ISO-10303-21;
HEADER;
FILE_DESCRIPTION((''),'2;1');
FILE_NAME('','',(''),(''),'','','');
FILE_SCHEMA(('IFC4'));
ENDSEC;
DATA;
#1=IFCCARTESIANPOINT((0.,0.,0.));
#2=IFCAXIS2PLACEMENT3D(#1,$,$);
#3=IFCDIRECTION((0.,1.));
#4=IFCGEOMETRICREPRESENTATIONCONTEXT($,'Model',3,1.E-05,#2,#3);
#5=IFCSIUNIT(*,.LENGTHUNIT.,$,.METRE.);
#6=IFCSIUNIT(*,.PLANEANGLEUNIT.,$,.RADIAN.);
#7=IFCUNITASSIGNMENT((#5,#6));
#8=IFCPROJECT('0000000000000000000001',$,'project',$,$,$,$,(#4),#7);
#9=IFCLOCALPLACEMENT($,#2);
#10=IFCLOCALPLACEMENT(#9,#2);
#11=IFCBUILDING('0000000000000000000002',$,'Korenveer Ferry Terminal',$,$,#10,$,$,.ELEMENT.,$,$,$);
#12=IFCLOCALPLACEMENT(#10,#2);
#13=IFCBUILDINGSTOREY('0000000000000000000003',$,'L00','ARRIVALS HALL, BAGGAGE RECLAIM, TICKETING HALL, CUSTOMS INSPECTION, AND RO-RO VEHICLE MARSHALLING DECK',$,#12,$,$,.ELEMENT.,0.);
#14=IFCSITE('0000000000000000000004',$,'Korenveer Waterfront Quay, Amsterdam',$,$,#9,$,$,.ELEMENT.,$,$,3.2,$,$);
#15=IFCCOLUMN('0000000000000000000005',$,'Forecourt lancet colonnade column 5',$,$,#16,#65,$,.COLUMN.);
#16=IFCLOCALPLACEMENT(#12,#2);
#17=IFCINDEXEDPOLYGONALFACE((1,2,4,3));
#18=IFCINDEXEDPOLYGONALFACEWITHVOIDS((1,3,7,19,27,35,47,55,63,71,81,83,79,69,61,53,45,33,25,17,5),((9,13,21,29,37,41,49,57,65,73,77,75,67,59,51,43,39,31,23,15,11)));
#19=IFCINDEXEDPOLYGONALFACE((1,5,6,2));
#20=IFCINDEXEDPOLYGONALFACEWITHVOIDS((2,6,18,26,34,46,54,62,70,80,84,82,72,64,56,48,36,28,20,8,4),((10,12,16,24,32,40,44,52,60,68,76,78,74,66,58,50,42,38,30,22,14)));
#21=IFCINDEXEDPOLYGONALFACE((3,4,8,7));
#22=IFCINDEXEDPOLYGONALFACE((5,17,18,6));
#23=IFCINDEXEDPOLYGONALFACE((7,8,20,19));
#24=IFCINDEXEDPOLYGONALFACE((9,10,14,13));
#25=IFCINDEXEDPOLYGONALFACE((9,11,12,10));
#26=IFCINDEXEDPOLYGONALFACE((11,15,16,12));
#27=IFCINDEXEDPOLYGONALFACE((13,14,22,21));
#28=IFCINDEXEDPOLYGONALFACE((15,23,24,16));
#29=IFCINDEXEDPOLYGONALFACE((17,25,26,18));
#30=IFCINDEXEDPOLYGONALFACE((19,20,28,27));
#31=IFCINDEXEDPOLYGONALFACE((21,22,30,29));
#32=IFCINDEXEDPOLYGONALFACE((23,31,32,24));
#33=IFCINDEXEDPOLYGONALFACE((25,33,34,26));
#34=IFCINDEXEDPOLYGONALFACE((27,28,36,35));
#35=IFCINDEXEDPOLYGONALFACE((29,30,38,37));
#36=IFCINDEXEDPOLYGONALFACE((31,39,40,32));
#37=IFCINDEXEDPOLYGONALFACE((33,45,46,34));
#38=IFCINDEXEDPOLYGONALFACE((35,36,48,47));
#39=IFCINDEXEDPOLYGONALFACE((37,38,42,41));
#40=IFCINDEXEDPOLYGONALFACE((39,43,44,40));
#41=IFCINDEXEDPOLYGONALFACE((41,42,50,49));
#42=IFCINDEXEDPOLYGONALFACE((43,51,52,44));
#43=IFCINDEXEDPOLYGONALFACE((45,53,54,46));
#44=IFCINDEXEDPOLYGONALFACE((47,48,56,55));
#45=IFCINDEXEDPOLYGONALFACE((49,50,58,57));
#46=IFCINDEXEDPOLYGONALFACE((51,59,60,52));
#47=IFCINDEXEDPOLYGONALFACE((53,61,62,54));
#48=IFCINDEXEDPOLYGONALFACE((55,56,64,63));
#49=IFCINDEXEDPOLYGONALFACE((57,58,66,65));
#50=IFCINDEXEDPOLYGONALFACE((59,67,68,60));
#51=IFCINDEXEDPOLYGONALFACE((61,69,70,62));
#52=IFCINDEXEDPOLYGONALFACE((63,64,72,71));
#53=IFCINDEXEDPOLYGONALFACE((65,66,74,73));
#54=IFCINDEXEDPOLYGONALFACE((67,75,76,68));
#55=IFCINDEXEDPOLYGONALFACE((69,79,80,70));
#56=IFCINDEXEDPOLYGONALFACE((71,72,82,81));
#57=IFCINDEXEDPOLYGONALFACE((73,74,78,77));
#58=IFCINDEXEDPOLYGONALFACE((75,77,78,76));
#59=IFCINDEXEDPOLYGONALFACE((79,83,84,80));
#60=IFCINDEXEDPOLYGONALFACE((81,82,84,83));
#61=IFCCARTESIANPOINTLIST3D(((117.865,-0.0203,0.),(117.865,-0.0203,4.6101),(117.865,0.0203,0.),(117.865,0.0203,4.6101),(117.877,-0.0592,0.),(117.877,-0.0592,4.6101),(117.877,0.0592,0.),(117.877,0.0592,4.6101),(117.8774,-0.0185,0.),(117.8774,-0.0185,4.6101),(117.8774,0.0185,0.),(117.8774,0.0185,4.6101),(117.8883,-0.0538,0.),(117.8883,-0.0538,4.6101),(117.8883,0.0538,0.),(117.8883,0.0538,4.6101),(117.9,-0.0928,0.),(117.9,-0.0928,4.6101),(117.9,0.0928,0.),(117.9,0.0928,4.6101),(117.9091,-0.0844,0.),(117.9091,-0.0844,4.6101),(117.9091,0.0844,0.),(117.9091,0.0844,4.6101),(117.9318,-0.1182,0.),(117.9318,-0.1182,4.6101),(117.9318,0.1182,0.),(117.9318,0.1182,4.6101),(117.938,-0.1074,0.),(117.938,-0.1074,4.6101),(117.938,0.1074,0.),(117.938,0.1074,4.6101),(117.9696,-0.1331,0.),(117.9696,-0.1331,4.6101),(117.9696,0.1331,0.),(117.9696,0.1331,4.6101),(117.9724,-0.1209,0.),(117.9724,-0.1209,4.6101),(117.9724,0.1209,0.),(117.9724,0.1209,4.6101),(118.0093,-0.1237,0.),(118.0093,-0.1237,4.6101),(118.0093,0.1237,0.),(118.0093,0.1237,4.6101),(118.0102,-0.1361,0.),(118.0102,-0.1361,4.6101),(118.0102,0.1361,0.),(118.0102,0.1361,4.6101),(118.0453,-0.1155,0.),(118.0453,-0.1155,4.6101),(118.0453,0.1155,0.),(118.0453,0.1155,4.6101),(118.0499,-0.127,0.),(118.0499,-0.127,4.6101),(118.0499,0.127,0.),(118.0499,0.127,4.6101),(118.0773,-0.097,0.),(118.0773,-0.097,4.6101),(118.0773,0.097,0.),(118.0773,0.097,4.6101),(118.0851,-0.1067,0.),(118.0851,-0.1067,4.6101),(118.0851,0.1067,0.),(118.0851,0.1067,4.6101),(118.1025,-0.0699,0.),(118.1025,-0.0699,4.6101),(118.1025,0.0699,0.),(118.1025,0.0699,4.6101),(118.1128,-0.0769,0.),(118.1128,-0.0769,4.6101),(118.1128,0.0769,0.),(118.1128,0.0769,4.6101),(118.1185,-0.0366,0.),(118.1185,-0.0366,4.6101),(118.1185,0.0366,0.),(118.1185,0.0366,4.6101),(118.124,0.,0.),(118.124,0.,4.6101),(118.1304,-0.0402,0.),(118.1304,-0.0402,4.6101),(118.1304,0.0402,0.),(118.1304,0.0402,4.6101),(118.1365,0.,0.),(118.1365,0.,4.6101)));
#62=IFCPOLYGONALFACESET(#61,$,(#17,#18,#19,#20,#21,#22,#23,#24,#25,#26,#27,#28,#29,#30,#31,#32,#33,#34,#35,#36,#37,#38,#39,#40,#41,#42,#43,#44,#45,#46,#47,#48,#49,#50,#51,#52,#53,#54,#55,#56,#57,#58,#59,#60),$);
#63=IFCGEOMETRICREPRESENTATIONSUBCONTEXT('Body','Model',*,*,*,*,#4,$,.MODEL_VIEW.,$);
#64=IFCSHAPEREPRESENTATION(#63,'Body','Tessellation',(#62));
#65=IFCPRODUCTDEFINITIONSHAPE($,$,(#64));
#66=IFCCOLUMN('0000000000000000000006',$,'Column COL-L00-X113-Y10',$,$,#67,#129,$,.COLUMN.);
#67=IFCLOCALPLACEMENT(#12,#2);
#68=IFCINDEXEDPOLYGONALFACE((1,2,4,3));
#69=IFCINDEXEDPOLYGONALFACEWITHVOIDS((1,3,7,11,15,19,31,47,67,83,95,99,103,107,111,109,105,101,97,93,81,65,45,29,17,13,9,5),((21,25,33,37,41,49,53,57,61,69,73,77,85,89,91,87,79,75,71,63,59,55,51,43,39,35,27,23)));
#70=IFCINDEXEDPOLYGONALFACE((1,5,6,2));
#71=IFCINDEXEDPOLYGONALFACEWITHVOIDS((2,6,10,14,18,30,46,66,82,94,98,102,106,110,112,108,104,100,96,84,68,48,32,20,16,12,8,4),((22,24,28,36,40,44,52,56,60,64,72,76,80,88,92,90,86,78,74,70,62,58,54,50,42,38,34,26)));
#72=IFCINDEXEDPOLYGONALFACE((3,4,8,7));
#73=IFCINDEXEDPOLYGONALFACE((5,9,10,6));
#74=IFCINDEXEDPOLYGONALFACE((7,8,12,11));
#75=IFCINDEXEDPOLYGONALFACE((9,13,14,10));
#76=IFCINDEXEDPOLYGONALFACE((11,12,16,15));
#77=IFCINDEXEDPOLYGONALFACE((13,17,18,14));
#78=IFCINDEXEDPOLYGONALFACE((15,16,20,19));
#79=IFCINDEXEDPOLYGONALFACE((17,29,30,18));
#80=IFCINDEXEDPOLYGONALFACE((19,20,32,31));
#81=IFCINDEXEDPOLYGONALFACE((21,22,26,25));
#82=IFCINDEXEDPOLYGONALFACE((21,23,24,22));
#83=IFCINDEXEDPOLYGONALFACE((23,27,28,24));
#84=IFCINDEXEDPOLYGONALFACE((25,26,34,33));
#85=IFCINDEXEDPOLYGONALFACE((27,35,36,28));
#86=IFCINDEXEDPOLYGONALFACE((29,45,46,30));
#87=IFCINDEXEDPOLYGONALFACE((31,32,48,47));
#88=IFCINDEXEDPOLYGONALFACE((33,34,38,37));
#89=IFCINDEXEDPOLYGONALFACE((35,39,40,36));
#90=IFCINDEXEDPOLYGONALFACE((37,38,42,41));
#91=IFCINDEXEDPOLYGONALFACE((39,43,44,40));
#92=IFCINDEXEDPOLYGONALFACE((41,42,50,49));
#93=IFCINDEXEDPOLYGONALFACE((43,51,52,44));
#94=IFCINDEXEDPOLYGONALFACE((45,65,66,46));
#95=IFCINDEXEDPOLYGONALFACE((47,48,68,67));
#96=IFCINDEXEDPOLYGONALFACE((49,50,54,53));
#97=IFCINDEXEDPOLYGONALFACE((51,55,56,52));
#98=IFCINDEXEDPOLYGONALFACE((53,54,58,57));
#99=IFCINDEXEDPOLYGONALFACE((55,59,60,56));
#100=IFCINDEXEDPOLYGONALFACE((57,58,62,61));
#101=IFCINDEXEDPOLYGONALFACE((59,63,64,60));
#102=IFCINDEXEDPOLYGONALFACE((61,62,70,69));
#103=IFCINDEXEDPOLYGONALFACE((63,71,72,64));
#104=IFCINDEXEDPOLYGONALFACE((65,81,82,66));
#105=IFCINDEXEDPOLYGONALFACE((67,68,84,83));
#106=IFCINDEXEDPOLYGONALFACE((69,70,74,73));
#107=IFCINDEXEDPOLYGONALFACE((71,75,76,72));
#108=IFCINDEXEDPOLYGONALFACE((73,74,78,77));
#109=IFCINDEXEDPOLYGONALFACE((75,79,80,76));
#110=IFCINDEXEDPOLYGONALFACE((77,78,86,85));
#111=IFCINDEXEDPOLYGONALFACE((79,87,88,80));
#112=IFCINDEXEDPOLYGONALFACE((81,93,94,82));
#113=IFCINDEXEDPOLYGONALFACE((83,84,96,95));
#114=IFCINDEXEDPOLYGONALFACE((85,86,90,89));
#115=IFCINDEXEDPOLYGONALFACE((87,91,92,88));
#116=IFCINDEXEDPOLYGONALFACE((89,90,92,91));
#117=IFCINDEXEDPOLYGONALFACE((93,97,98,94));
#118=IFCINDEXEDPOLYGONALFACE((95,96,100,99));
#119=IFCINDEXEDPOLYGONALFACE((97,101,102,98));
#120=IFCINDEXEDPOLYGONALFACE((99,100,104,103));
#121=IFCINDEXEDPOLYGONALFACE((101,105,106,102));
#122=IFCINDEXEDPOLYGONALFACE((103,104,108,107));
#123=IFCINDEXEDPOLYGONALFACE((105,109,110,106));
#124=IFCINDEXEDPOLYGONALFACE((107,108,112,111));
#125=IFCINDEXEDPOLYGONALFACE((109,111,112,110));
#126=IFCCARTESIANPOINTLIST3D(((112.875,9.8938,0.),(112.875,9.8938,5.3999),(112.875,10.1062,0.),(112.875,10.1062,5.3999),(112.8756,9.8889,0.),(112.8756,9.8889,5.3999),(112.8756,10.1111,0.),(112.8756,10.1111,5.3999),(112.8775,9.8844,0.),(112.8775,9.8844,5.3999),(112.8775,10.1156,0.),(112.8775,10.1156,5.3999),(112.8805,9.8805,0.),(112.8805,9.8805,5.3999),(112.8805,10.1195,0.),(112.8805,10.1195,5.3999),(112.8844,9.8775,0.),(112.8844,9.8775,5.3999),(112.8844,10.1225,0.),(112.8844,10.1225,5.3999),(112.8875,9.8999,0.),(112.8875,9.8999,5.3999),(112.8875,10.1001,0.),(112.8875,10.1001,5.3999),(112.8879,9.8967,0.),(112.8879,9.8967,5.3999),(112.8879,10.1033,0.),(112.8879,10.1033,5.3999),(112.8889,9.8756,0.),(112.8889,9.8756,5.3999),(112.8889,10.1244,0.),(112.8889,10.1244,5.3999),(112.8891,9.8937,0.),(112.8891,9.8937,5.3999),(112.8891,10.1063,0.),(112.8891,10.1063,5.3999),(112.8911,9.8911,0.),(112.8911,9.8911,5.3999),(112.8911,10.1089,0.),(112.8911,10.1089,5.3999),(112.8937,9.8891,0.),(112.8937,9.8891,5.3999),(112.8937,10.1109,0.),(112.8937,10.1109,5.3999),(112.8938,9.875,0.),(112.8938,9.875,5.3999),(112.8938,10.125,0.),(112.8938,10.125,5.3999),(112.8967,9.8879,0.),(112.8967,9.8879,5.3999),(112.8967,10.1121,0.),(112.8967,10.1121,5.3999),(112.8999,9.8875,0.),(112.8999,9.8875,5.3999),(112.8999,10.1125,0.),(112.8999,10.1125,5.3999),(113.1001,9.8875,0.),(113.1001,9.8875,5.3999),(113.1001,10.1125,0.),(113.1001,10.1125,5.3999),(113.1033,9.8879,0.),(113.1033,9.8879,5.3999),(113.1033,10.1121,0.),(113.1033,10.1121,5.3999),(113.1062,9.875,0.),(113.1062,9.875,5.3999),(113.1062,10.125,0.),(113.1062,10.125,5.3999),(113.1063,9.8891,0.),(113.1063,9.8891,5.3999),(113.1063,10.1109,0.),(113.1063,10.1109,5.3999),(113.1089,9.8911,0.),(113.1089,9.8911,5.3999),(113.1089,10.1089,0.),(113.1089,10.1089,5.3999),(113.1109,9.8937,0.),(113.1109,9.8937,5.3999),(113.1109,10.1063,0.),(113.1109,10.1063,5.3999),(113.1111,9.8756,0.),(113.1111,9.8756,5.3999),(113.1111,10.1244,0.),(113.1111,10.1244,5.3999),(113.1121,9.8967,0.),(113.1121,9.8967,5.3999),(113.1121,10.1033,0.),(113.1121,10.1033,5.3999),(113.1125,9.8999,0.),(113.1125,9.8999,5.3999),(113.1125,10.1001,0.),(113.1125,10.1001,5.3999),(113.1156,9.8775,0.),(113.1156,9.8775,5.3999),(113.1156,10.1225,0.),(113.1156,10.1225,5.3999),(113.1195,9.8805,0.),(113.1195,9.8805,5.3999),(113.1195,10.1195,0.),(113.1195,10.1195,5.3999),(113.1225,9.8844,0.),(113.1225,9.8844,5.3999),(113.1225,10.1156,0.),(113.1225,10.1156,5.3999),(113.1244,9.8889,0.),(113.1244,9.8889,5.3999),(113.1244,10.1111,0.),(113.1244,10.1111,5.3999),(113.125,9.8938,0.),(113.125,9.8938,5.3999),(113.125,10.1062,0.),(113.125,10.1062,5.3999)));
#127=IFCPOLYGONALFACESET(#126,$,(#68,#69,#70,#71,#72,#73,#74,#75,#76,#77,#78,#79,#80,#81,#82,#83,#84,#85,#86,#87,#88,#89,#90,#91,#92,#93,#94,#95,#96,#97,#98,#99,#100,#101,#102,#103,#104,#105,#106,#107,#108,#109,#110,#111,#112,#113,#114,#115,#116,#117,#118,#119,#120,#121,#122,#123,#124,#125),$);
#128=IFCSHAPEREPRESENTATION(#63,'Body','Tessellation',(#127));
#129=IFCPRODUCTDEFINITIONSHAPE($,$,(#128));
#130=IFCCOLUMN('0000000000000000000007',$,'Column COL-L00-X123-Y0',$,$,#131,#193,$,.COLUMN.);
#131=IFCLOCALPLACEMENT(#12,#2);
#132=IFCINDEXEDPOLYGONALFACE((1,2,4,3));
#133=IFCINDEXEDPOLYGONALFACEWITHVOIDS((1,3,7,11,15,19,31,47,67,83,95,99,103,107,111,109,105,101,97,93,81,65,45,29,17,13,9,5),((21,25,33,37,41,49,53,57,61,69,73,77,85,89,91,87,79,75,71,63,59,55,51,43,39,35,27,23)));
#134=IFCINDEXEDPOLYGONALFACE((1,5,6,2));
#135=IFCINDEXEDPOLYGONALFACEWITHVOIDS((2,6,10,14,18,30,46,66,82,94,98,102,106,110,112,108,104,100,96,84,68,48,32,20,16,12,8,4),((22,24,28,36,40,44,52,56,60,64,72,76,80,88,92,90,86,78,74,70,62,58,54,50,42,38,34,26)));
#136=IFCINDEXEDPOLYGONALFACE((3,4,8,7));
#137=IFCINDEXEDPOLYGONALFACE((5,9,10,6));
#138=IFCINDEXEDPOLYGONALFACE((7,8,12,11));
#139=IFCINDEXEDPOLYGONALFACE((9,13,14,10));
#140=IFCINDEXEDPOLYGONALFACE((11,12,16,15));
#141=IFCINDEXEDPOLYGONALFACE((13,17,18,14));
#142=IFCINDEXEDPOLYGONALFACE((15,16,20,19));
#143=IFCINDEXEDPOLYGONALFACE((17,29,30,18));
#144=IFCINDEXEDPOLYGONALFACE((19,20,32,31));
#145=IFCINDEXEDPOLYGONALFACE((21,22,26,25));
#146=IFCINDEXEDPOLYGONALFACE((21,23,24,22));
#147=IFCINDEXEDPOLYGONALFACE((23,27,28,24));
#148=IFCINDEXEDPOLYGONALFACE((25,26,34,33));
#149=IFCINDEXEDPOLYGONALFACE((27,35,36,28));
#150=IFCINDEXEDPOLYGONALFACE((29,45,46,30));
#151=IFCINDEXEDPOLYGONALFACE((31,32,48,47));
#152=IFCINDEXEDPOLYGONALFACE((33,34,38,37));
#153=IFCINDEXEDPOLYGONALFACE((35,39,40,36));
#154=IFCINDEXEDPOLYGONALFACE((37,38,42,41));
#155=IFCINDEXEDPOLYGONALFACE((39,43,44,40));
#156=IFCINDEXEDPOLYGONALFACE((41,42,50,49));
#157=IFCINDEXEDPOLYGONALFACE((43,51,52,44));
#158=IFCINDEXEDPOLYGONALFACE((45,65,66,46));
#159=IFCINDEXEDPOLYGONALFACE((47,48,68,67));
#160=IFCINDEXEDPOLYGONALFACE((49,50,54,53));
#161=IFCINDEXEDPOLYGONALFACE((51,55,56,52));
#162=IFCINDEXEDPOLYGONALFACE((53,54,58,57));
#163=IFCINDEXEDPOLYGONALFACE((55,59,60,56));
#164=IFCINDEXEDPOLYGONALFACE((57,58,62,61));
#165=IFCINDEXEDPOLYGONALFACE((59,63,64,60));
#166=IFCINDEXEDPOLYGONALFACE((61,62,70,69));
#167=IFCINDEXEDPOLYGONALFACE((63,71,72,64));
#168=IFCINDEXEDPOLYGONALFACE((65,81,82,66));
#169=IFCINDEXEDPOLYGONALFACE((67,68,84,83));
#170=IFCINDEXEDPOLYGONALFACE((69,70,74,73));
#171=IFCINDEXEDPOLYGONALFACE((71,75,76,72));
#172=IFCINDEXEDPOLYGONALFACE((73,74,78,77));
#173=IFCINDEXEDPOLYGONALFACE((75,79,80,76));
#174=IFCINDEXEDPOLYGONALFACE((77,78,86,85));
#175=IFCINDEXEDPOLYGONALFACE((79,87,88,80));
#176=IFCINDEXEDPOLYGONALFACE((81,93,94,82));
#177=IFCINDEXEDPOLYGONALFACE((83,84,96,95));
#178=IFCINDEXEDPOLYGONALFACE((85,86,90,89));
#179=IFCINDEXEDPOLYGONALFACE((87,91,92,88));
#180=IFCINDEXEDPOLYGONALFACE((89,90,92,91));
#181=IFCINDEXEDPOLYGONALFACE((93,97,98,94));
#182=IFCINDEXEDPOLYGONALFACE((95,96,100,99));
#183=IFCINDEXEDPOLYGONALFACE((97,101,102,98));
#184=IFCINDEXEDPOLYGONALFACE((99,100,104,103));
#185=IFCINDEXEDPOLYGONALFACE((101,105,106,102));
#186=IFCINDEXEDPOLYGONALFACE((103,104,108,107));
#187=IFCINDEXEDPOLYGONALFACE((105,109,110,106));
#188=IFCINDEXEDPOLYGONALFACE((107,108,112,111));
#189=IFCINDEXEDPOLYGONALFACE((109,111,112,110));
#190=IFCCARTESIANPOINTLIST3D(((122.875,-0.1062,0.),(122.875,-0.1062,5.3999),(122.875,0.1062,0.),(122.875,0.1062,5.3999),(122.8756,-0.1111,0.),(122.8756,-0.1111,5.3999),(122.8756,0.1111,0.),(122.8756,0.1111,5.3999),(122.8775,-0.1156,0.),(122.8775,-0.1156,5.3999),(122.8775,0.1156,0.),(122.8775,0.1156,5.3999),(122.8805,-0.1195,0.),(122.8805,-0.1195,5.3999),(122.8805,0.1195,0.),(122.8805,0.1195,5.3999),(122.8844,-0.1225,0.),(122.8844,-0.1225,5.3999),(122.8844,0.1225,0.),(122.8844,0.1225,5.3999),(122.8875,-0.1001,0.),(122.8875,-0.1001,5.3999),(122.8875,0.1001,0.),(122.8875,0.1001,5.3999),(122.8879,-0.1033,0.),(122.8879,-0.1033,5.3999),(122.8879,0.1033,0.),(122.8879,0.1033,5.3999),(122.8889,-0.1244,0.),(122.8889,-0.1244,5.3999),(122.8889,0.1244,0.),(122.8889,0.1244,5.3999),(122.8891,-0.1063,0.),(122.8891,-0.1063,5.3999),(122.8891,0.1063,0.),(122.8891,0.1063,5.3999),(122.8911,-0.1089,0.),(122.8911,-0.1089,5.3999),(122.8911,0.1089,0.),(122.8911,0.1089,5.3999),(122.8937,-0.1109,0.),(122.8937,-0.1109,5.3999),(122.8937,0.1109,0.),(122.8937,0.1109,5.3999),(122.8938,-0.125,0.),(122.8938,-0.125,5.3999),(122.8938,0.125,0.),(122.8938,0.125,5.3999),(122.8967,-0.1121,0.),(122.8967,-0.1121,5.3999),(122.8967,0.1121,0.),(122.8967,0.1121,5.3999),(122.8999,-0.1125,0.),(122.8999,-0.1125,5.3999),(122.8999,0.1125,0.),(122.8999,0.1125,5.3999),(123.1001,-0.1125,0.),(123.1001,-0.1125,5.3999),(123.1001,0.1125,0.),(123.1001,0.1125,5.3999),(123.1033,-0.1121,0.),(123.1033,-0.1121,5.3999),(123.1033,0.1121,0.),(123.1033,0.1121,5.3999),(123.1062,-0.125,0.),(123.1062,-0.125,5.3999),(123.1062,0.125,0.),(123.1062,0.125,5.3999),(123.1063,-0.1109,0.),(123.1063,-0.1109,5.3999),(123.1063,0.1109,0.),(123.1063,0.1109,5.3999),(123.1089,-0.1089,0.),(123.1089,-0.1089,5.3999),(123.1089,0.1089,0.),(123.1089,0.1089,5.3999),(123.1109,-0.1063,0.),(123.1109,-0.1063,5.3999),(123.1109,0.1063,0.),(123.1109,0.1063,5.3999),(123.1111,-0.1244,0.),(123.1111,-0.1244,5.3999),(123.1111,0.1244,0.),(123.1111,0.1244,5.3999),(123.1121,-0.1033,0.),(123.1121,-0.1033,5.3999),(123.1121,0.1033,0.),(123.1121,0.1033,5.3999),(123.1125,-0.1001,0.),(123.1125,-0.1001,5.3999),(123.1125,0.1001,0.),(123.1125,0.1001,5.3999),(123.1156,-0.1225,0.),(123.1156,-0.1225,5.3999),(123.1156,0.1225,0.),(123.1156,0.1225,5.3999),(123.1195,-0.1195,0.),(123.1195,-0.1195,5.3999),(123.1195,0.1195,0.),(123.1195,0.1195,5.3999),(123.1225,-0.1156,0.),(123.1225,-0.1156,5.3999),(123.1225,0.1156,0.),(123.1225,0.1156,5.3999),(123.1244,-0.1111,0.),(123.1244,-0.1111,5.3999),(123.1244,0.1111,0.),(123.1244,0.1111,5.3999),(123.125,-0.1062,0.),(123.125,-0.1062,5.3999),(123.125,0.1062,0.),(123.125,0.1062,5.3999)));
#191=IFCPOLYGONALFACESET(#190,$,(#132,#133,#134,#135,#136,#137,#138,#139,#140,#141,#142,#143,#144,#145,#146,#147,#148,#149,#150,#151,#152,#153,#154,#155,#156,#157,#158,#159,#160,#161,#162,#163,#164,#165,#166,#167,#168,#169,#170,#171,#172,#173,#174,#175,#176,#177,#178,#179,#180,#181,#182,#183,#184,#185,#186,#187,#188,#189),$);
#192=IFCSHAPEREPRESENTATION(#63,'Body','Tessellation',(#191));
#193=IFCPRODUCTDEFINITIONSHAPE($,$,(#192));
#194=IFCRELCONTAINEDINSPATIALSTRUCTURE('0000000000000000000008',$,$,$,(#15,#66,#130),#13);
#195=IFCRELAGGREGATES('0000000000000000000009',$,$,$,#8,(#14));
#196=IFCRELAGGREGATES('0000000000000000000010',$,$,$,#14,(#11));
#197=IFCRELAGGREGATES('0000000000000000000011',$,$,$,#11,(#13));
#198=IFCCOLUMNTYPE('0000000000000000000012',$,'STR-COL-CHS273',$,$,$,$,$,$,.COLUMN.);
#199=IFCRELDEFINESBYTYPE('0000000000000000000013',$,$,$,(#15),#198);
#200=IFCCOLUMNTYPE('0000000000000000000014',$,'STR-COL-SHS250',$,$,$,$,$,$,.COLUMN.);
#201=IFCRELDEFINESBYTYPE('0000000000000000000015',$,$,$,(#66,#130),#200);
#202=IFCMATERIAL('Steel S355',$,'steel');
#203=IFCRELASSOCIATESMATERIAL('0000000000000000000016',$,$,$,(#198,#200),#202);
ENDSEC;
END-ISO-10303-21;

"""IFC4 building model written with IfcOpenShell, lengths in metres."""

from ifc_helpers import new_model, si_unit, direction, frame, origin, origin_2d, place, context, subcontext, project, spatial, hollow_rectangle, hollow_circle, extrude, material, material_profile, profile_set, type_object, element, save


model = new_model("IFC4")

# Units and contexts
model_context = context("Model", 3, precision=1e-05, world=origin(), true_north=direction((0.0, 1.0)))
body_context = subcontext(model_context, "Body", "Model", "MODEL_VIEW")
ifc_project = project(units=[si_unit("LENGTHUNIT", "METRE"), si_unit("PLANEANGLEUNIT", "RADIAN")], contexts=[model_context])

# Site, building, storey
site_placement = place(None, origin())
site = spatial("IfcSite", under=ifc_project, at=site_placement, Name="Korenveer Waterfront Quay, Amsterdam", CompositionType="ELEMENT", RefElevation=3.2)
building_placement = place(site_placement, origin())
building = spatial("IfcBuilding", under=site, at=building_placement, Name="Korenveer Ferry Terminal", CompositionType="ELEMENT")
storey_placement = place(building_placement, origin())
storey = spatial("IfcBuildingStorey", under=building, at=storey_placement, Name="L00", Description="ARRIVALS HALL, BAGGAGE RECLAIM, TICKETING HALL, CUSTOMS INSPECTION, AND RO-RO VEHICLE MARSHALLING DECK", CompositionType="ELEMENT", Elevation=0.0)

# Columns
ifc_material_1 = material(Name="Steel S355", Category="steel")
ifc_material_profile_1 = material_profile(ifc_material_1, hollow_circle(Radius=0.1365, WallThickness=0.0125, at=origin_2d()), Name="CHS 273x12.5")
ifc_profile_set_1 = profile_set([ifc_material_profile_1], Name="Steel S355")
column_type_1 = type_object("IfcColumnType", Name="STR-COL-CHS273", PredefinedType="COLUMN", material=ifc_profile_set_1)
column_placement = place(storey_placement, frame((118.0, 0.0, 0.0), z_axis=(0.0, 0.0, 1.0), x_axis=(1.0, 0.0, 0.0)))
element("IfcColumn", 1, at=column_placement, inside=storey, type_object=column_type_1, Name="Forecourt lancet colonnade column 5", PredefinedType="COLUMN", context=body_context, shape_type="SweptSolid", body=[
    extrude(hollow_circle(Radius=0.1365, WallThickness=0.0125, at=origin_2d()), origin(), (0.0, 0.0, 1.0), 4.6101),
])
ifc_material_profile_2 = material_profile(ifc_material_1, hollow_rectangle(XDim=0.25, YDim=0.25, WallThickness=0.0125, InnerFilletRadius=0.0125, OuterFilletRadius=0.0188, at=origin_2d()), Name="SHS 250x250x12.5")
ifc_profile_set_2 = profile_set([ifc_material_profile_2], Name="Steel S355")
column_type_2 = type_object("IfcColumnType", Name="STR-COL-SHS250", PredefinedType="COLUMN", material=ifc_profile_set_2)
for number, where, z_axis, x_axis, name in (
    (2, (113.0, 10.0, 0.0), (0.0, 0.0, 1.0), (1.0, 0.0, 0.0), "Column COL-L00-X113-Y10"),
    (3, (123.0, 0.0, 0.0), (0.0, 0.0, 1.0), (1.0, 0.0, 0.0), "Column COL-L00-X123-Y0"),
):
    element("IfcColumn", number, at=place(storey_placement, frame(where, z_axis=z_axis, x_axis=x_axis)), inside=storey, type_object=column_type_2, Name=name, PredefinedType="COLUMN", context=body_context, shape_type="SweptSolid", body=[
        extrude(hollow_rectangle(XDim=0.25, YDim=0.25, WallThickness=0.0125, InnerFilletRadius=0.0125, OuterFilletRadius=0.0188, at=origin_2d()), origin(), (0.0, 0.0, 1.0), 5.3999),
    ])

save(model, "model.ifc")
